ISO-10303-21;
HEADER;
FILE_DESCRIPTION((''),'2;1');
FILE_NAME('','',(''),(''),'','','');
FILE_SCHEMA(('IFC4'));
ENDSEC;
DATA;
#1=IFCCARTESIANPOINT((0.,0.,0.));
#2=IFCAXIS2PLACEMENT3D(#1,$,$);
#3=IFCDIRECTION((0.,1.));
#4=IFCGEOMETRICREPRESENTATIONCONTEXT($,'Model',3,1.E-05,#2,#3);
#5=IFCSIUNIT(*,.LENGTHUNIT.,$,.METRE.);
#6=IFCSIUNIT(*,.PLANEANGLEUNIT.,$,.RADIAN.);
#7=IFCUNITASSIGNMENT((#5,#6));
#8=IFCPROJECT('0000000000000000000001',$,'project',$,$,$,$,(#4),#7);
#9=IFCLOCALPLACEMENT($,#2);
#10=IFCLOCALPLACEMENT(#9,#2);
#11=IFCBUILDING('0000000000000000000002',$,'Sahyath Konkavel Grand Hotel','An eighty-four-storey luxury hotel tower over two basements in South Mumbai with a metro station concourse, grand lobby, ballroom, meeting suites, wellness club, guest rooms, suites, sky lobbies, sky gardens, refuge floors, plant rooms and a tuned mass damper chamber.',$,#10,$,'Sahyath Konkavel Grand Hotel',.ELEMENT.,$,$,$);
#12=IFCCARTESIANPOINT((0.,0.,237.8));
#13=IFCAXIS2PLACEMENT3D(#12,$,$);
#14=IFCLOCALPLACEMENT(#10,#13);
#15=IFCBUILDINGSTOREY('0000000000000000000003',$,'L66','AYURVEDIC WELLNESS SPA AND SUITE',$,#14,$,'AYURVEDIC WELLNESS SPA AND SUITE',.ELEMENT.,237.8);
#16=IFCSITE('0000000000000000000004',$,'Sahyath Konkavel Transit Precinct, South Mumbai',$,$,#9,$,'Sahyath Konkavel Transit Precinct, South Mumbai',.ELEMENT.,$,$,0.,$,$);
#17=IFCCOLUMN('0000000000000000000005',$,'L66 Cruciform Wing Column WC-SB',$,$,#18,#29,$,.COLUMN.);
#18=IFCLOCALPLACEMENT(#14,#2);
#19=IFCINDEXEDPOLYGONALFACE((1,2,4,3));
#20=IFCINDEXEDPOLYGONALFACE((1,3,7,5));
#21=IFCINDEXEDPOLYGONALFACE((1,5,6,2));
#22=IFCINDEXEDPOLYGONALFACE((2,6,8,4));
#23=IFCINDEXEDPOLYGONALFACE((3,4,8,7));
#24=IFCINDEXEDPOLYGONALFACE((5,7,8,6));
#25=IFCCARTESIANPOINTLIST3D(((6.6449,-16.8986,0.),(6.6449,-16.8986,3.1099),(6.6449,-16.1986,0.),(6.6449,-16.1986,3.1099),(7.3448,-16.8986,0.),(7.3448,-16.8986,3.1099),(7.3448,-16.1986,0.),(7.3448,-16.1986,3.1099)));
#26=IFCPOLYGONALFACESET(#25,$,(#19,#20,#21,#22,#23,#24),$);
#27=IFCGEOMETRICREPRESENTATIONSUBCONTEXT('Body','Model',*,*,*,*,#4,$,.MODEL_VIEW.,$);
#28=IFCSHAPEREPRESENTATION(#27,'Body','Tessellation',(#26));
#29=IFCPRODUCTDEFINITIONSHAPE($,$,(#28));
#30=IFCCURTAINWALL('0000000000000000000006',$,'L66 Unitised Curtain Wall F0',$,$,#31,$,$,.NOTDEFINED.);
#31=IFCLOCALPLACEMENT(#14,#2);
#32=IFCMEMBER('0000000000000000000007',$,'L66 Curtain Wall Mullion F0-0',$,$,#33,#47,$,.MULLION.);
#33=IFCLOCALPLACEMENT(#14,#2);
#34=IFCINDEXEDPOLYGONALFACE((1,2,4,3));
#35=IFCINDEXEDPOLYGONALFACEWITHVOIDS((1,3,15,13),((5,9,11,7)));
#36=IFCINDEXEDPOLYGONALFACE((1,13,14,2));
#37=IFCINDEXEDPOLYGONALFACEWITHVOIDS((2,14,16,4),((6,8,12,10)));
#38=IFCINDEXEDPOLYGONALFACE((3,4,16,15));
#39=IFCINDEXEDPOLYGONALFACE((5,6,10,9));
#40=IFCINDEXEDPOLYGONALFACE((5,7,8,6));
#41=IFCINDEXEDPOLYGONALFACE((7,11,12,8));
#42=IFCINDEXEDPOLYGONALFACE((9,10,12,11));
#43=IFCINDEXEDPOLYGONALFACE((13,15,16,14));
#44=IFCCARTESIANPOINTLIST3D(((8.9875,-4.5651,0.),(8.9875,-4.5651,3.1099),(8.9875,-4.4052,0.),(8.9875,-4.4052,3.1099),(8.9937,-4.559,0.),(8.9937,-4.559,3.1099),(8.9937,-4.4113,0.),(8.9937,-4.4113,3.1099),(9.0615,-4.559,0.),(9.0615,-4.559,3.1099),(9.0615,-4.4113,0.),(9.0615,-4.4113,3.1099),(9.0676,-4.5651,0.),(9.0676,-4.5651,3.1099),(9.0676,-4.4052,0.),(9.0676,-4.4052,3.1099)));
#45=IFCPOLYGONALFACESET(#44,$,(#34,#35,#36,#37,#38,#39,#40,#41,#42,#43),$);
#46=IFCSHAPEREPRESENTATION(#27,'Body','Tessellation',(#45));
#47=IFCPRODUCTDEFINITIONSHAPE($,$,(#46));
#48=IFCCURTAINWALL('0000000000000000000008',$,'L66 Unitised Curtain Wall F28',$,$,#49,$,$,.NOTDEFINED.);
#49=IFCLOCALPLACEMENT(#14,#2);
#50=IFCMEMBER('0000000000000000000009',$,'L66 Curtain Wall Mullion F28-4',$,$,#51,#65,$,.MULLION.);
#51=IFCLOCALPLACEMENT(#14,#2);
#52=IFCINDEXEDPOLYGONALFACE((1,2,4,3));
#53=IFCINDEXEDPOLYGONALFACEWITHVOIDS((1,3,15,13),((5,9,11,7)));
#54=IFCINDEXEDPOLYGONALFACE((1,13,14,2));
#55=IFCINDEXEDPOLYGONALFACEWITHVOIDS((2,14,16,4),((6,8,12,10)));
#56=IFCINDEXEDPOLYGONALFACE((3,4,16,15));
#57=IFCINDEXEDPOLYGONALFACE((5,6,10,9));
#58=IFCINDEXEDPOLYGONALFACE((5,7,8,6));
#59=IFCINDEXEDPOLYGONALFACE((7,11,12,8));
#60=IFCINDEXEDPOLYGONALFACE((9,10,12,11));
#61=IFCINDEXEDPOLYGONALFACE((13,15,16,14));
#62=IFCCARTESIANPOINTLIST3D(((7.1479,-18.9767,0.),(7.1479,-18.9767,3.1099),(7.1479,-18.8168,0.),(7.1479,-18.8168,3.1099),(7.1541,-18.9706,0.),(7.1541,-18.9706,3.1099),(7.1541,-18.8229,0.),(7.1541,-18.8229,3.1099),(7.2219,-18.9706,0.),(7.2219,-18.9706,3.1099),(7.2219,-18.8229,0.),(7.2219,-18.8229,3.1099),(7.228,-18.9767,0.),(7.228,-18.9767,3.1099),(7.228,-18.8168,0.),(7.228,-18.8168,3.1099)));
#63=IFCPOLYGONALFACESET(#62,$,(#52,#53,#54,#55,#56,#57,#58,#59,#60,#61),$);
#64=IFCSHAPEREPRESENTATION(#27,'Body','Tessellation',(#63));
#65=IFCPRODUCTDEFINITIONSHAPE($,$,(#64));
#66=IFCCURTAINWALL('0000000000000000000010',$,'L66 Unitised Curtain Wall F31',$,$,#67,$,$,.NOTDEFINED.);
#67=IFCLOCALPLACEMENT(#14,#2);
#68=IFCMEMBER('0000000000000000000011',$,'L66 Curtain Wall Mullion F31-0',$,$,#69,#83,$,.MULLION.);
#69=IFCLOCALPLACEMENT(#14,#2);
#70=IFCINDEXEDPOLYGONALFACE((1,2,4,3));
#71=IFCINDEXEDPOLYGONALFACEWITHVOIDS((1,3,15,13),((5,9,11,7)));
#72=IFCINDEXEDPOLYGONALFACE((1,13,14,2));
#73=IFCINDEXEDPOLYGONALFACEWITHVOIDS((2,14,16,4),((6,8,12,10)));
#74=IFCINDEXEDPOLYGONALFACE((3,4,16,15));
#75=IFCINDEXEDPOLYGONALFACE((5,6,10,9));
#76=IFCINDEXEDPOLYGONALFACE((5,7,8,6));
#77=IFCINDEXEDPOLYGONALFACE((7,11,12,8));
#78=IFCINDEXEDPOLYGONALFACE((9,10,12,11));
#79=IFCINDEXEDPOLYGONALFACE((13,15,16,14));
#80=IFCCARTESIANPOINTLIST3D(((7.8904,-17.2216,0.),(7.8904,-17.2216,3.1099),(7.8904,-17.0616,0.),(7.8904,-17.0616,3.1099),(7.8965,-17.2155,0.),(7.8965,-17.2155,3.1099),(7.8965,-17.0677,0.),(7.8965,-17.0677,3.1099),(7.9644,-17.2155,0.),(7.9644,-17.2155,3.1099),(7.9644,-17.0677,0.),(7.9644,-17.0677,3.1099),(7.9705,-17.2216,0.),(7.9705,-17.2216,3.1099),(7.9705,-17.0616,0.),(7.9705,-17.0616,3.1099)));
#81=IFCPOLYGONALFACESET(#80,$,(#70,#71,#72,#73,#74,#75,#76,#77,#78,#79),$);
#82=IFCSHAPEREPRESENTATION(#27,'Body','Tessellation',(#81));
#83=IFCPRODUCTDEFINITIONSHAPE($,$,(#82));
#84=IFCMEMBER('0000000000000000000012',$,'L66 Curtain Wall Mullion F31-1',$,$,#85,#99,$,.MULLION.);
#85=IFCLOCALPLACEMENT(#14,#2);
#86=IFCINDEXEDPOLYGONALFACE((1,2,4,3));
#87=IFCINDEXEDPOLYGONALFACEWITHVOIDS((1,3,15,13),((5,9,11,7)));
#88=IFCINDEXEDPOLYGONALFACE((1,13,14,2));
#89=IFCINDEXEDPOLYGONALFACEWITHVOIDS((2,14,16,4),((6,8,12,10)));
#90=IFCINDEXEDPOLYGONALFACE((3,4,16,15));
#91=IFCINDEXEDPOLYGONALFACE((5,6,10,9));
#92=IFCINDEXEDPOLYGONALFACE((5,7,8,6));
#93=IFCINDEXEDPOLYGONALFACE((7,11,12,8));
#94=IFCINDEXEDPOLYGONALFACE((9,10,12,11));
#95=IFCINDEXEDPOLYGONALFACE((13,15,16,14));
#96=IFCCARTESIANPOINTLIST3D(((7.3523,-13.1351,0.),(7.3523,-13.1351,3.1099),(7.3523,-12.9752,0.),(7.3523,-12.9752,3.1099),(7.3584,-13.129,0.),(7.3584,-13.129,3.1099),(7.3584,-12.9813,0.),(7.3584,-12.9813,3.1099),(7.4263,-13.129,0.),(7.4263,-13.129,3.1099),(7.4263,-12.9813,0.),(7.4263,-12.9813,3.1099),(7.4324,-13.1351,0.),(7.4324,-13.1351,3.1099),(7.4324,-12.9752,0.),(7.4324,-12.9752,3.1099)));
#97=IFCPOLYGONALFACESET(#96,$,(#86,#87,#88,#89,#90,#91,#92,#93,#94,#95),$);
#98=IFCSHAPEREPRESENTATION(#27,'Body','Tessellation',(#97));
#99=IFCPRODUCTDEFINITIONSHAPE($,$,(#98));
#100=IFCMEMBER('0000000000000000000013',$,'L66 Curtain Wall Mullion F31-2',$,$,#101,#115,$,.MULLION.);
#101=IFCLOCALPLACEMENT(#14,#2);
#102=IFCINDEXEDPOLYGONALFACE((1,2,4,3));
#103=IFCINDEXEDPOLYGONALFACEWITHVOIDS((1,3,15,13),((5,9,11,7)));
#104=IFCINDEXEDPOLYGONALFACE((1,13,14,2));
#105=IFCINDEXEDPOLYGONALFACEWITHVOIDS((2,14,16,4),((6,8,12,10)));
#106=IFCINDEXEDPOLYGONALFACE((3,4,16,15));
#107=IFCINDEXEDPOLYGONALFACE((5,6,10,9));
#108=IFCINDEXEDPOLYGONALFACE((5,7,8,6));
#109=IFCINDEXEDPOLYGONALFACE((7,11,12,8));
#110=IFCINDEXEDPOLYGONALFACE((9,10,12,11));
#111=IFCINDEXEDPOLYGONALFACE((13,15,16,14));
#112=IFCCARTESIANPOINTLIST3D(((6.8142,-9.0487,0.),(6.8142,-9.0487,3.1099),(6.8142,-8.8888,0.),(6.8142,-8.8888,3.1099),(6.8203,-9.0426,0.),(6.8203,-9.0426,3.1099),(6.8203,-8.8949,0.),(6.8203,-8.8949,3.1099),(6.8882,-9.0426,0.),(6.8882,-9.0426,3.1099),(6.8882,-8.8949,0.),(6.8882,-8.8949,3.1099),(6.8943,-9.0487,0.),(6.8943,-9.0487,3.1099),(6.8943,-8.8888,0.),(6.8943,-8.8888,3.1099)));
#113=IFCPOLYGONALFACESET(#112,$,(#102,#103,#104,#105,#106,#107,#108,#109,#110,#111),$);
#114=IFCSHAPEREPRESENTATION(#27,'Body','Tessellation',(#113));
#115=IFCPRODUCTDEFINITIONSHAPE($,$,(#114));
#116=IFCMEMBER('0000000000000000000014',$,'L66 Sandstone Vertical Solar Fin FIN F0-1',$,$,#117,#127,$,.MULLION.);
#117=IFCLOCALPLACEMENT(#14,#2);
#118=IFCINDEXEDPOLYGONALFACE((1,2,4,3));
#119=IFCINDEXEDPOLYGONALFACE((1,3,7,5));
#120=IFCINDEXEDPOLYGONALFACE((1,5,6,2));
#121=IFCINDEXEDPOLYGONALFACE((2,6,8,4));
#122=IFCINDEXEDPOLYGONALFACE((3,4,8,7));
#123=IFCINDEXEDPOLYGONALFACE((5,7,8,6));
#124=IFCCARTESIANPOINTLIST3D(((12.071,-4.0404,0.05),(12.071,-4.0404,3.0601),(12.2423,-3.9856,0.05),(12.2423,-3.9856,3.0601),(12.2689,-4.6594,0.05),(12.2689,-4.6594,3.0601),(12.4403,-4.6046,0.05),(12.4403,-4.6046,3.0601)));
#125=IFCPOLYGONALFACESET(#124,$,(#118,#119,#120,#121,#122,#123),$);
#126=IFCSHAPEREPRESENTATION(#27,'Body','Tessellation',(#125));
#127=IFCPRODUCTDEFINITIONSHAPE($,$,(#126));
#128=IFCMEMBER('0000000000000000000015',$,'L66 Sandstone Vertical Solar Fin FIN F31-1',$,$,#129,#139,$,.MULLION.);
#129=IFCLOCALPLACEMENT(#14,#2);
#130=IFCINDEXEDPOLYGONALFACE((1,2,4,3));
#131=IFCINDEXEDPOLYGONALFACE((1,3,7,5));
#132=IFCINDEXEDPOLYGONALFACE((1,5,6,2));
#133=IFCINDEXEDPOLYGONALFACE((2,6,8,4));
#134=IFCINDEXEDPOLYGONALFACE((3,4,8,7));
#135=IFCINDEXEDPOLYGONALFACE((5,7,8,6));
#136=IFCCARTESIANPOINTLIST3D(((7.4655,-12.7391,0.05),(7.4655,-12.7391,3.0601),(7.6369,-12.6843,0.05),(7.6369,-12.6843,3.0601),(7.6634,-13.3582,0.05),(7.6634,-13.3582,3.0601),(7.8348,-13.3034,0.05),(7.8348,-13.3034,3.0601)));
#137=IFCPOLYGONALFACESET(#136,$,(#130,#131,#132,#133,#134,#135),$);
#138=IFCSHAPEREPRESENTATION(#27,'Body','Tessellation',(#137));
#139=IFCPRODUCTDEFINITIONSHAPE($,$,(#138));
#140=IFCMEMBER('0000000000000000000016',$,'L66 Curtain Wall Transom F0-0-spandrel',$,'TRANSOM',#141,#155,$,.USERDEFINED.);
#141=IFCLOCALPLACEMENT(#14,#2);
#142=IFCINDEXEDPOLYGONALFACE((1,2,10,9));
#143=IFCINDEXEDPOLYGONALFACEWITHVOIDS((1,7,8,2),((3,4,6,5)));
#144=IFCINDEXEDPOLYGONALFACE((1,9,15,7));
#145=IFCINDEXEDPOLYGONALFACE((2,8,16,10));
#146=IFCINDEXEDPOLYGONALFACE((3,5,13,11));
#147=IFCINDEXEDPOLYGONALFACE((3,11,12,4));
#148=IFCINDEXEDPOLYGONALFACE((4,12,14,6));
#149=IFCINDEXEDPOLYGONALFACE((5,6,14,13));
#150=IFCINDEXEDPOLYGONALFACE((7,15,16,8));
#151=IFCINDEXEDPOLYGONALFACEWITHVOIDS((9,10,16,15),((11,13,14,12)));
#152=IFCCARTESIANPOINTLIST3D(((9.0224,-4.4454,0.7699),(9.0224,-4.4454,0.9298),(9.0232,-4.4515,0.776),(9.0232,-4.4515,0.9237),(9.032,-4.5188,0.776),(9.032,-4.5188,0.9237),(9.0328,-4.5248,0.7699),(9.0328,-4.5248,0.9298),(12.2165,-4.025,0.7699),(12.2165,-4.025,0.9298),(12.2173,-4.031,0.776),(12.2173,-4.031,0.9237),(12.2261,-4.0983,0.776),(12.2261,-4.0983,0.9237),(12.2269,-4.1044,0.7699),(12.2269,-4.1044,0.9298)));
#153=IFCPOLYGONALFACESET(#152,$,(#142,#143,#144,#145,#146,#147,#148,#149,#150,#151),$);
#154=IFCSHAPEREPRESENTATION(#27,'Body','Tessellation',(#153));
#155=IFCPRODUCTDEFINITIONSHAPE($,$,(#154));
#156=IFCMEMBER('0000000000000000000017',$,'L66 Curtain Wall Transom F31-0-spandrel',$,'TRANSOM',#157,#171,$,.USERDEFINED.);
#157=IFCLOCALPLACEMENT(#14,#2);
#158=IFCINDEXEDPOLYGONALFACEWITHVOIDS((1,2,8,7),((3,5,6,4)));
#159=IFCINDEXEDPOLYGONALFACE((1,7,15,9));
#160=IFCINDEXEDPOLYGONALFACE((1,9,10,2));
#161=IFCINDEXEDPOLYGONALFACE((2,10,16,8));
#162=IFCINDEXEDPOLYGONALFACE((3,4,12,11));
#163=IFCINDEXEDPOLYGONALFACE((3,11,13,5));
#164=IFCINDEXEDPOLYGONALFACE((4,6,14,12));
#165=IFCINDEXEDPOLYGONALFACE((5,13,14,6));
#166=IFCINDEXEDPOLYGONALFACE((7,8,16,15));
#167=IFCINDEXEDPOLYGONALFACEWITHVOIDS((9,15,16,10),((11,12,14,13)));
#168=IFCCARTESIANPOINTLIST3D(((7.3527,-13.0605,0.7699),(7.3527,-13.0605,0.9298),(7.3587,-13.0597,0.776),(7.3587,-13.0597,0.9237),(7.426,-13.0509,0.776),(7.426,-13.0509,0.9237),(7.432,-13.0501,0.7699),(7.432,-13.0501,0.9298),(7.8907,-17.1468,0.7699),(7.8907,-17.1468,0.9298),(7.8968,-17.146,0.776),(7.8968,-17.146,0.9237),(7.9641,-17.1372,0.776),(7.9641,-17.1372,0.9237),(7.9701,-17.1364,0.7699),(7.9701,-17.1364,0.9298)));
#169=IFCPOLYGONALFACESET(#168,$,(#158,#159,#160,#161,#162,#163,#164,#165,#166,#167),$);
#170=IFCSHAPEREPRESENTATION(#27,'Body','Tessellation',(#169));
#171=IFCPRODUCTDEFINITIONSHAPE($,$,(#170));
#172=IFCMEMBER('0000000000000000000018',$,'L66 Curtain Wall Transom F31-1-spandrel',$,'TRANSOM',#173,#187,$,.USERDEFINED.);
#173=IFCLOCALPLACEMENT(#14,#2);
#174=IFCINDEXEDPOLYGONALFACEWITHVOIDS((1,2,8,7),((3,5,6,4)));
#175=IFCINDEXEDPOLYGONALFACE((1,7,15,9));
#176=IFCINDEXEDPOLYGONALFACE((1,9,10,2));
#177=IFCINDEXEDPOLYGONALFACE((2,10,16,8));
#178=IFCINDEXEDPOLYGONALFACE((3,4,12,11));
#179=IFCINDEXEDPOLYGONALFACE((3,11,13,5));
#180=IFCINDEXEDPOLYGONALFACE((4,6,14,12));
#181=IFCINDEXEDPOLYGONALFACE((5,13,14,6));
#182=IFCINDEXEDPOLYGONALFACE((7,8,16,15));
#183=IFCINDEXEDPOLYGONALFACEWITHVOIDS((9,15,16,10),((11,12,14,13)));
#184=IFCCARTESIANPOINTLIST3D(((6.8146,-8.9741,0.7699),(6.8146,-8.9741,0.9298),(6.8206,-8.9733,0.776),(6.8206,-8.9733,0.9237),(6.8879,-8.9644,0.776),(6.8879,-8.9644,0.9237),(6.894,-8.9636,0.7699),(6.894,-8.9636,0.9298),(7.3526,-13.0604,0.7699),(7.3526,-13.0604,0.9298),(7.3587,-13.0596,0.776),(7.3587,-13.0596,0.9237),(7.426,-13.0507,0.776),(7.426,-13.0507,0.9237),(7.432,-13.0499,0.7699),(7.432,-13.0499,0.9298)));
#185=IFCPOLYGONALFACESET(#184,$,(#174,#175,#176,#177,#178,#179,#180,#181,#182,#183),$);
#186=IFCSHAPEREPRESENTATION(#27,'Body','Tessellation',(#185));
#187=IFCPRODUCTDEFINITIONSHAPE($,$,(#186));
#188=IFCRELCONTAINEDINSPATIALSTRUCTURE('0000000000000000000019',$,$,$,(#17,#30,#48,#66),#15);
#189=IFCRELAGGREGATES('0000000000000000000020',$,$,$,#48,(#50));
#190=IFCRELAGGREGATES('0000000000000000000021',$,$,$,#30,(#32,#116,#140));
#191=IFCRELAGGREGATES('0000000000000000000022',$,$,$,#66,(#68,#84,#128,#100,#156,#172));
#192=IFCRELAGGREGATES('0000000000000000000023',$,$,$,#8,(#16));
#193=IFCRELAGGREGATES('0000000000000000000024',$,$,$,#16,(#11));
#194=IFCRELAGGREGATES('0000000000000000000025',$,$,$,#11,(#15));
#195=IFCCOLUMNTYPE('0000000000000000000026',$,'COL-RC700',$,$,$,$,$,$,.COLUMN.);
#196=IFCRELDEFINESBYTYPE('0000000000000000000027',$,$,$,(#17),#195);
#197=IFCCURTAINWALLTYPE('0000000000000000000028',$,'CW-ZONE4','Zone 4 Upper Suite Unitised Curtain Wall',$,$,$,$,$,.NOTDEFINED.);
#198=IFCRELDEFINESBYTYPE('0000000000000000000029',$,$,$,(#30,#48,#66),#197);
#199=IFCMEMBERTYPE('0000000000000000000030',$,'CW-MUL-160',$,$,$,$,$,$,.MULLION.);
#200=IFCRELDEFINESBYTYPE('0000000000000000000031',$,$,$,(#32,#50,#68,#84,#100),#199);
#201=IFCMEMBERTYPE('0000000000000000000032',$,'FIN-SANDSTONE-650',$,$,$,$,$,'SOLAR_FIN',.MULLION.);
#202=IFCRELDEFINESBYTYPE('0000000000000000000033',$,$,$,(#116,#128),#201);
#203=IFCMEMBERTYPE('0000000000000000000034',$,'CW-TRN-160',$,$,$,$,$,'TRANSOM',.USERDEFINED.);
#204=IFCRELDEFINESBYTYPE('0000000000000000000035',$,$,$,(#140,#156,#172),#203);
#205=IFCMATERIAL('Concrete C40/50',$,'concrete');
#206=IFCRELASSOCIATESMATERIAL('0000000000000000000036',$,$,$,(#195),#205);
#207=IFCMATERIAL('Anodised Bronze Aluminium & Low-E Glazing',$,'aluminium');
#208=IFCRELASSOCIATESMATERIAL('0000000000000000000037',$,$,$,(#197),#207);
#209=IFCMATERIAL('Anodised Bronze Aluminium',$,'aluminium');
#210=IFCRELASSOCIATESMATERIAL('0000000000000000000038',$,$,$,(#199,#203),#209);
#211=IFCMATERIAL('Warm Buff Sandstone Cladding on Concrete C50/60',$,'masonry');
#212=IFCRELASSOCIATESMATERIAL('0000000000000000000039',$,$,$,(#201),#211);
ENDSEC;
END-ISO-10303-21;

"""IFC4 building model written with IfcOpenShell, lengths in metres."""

from ifc_helpers import new_model, si_unit, direction, frame, origin, origin_2d, place, context, subcontext, project, spatial, rectangle, hollow_rectangle, extrude, source, transform, mapped, material, material_profile, profile_set, type_object, element, aggregate, save


model = new_model("IFC4")

# Units and contexts
model_context = context("Model", 3, precision=1e-05, world=origin(), true_north=direction((0.0, 1.0)))
body_context = subcontext(model_context, "Body", "Model", "MODEL_VIEW")
ifc_project = project(units=[si_unit("LENGTHUNIT", "METRE"), si_unit("PLANEANGLEUNIT", "RADIAN")], contexts=[model_context])

# Site, building, storey
site_placement = place(None, origin())
site = spatial("IfcSite", under=ifc_project, at=site_placement, Name="Sahyath Konkavel Transit Precinct, South Mumbai", LongName="Sahyath Konkavel Transit Precinct, South Mumbai", CompositionType="ELEMENT", RefElevation=0.0)
building_placement = place(site_placement, origin())
building = spatial("IfcBuilding", under=site, at=building_placement, Name="Sahyath Konkavel Grand Hotel", Description="An eighty-four-storey luxury hotel tower over two basements in South Mumbai with a metro station concourse, grand lobby, ballroom, meeting suites, wellness club, guest rooms, suites, sky lobbies, sky gardens, refuge floors, plant rooms and a tuned mass damper chamber.", LongName="Sahyath Konkavel Grand Hotel", CompositionType="ELEMENT")
storey_placement = place(building_placement, frame((0.0, 0.0, 237.8)))
storey = spatial("IfcBuildingStorey", under=building, at=storey_placement, Name="L66", Description="AYURVEDIC WELLNESS SPA AND SUITE", LongName="AYURVEDIC WELLNESS SPA AND SUITE", CompositionType="ELEMENT", Elevation=237.8)

# Column
ifc_material_1 = material(Name="Concrete C40/50", Category="concrete")
ifc_material_profile_1 = material_profile(ifc_material_1, rectangle(XDim=0.7, YDim=0.7, at=origin_2d()), Name="RC 700x700")
ifc_profile_set_1 = profile_set([ifc_material_profile_1], Name="Concrete C40/50")
column_type = type_object("IfcColumnType", Name="COL-RC700", PredefinedType="COLUMN", material=ifc_profile_set_1)
shared_shape_1 = source(origin(), body_context, "Body", "SweptSolid", [
    extrude(rectangle(XDim=0.7, YDim=0.7, at=origin_2d()), origin(), (0.0, 0.0, 1.0), 3.1099),
])
column_placement = place(storey_placement, frame((6.9949, -16.5486, 0.0), z_axis=(0.0, 0.0, 1.0), x_axis=(1.0, 0.0, 0.0)))
element("IfcColumn", 1, at=column_placement, inside=storey, type_object=column_type, Name="L66 Cruciform Wing Column WC-SB", PredefinedType="COLUMN", context=body_context, shape_type="MappedRepresentation", body=[
    mapped(shared_shape_1, transform((0.0, 0.0, 0.0), scale=1.0)),
])

# Curtain walls, members
ifc_material_2 = material(Name="Anodised Bronze Aluminium & Low-E Glazing", Category="aluminium")
curtain_wall_type = type_object("IfcCurtainWallType", Name="CW-ZONE4", Description="Zone 4 Upper Suite Unitised Curtain Wall", PredefinedType="NOTDEFINED", material=ifc_material_2)
curtain_wall_1_placement = place(storey_placement, origin())
curtain_wall_1 = element("IfcCurtainWall", 2, at=curtain_wall_1_placement, inside=storey, type_object=curtain_wall_type, Name="L66 Unitised Curtain Wall F0", PredefinedType="NOTDEFINED")
ifc_material_3 = material(Name="Anodised Bronze Aluminium", Category="aluminium")
ifc_material_profile_2 = material_profile(ifc_material_3, hollow_rectangle(XDim=0.0801, YDim=0.1599, WallThickness=0.0061, at=origin_2d()), Name="RHS 160x80x6")
ifc_profile_set_2 = profile_set([ifc_material_profile_2], Name="Anodised Bronze Aluminium")
member_type_1 = type_object("IfcMemberType", Name="CW-MUL-160", PredefinedType="MULLION", material=ifc_profile_set_2)
shared_shape_2 = source(origin(), body_context, "Body", "SweptSolid", [
    extrude(hollow_rectangle(XDim=0.0801, YDim=0.1599, WallThickness=0.0061, at=origin_2d()), origin(), (0.0, 0.0, 1.0), 3.1099),
])
member_1_placement = place(storey_placement, frame((9.0276, -4.4851, 0.0), z_axis=(0.0, 0.0, 1.0), x_axis=(1.0, 0.0, 0.0)))
member_1 = element("IfcMember", 3, at=member_1_placement, type_object=member_type_1, Name="L66 Curtain Wall Mullion F0-0", PredefinedType="MULLION", context=body_context, shape_type="MappedRepresentation", body=[
    mapped(shared_shape_2, transform((0.0, 0.0, 0.0), scale=1.0)),
])
curtain_wall_2_placement = place(storey_placement, origin())
curtain_wall_2 = element("IfcCurtainWall", 4, at=curtain_wall_2_placement, inside=storey, type_object=curtain_wall_type, Name="L66 Unitised Curtain Wall F28", PredefinedType="NOTDEFINED")
member_2_placement = place(storey_placement, frame((7.188, -18.8967, 0.0), z_axis=(0.0, 0.0, 1.0), x_axis=(1.0, 0.0, 0.0)))
member_2 = element("IfcMember", 5, at=member_2_placement, type_object=member_type_1, Name="L66 Curtain Wall Mullion F28-4", PredefinedType="MULLION", context=body_context, shape_type="MappedRepresentation", body=[
    mapped(shared_shape_2, transform((0.0, 0.0, 0.0), scale=1.0)),
])
aggregate(curtain_wall_2, [member_2])

# Curtain wall, members
curtain_wall_3_placement = place(storey_placement, origin())
curtain_wall_3 = element("IfcCurtainWall", 6, at=curtain_wall_3_placement, inside=storey, type_object=curtain_wall_type, Name="L66 Unitised Curtain Wall F31", PredefinedType="NOTDEFINED")
member_3_placement = place(storey_placement, frame((7.9304, -17.1416, 0.0), z_axis=(0.0, 0.0, 1.0), x_axis=(1.0, 0.0, 0.0)))
member_3 = element("IfcMember", 7, at=member_3_placement, type_object=member_type_1, Name="L66 Curtain Wall Mullion F31-0", PredefinedType="MULLION", context=body_context, shape_type="MappedRepresentation", body=[
    mapped(shared_shape_2, transform((0.0, 0.0, 0.0), scale=1.0)),
])
member_4_placement = place(storey_placement, frame((7.3923, -13.0552, 0.0), z_axis=(0.0, 0.0, 1.0), x_axis=(1.0, 0.0, 0.0)))
member_4 = element("IfcMember", 8, at=member_4_placement, type_object=member_type_1, Name="L66 Curtain Wall Mullion F31-1", PredefinedType="MULLION", context=body_context, shape_type="MappedRepresentation", body=[
    mapped(shared_shape_2, transform((0.0, 0.0, 0.0), scale=1.0)),
])
member_5_placement = place(storey_placement, frame((6.8542, -8.9688, 0.0), z_axis=(0.0, 0.0, 1.0), x_axis=(1.0, 0.0, 0.0)))
member_5 = element("IfcMember", 9, at=member_5_placement, type_object=member_type_1, Name="L66 Curtain Wall Mullion F31-2", PredefinedType="MULLION", context=body_context, shape_type="MappedRepresentation", body=[
    mapped(shared_shape_2, transform((0.0, 0.0, 0.0), scale=1.0)),
])

# Members
ifc_material_4 = material(Name="Warm Buff Sandstone Cladding on Concrete C50/60", Category="masonry")
ifc_material_profile_3 = material_profile(ifc_material_4, rectangle(XDim=0.1799, YDim=0.6499, at=origin_2d()), Name="FIN 180x650")
ifc_profile_set_3 = profile_set([ifc_material_profile_3], Name="Warm Buff Sandstone Cladding on Concrete C50/60")
member_type_2 = type_object("IfcMemberType", Name="FIN-SANDSTONE-650", ElementType="SOLAR_FIN", PredefinedType="MULLION", material=ifc_profile_set_3)
shared_shape_3 = source(origin(), body_context, "Body", "SweptSolid", [
    extrude(rectangle(XDim=0.1799, YDim=0.6499, at=origin_2d()), origin(), (0.0, 0.0, 1.0), 3.01),
])
member_6_placement = place(storey_placement, frame((12.2556, -4.3225, 0.05), z_axis=(0.0, 0.0, 1.0), x_axis=(0.952502, 0.304532, 0.0)))
member_6 = element("IfcMember", 10, at=member_6_placement, type_object=member_type_2, Name="L66 Sandstone Vertical Solar Fin FIN F0-1", PredefinedType="MULLION", context=body_context, shape_type="MappedRepresentation", body=[
    mapped(shared_shape_3, transform((0.0, 0.0, 0.0), scale=1.0)),
])
member_7_placement = place(storey_placement, frame((7.6501, -13.0212, 0.05), z_axis=(0.0, 0.0, 1.0), x_axis=(0.952502, 0.304532, 0.0)))
member_7 = element("IfcMember", 11, at=member_7_placement, type_object=member_type_2, Name="L66 Sandstone Vertical Solar Fin FIN F31-1", PredefinedType="MULLION", context=body_context, shape_type="MappedRepresentation", body=[
    mapped(shared_shape_3, transform((0.0, 0.0, 0.0), scale=1.0)),
])
ifc_material_profile_4 = material_profile(ifc_material_3, hollow_rectangle(XDim=0.0801, YDim=0.1599, WallThickness=0.0061, at=origin_2d()), Name="RHS 160x80x6")
ifc_profile_set_4 = profile_set([ifc_material_profile_4], Name="Anodised Bronze Aluminium")
member_type_3 = type_object("IfcMemberType", Name="CW-TRN-160", ElementType="TRANSOM", PredefinedType="USERDEFINED", material=ifc_profile_set_4)
shared_shape_4 = source(origin(), body_context, "Body", "SweptSolid", [
    extrude(hollow_rectangle(XDim=0.0801, YDim=0.1599, WallThickness=0.0061, at=origin_2d()), origin(), (0.0, 0.0, 1.0), 3.2217),
])
member_8_placement = place(storey_placement, frame((9.0276, -4.4851, 0.8499), z_axis=(0.991449, 0.130496, 0.0), x_axis=(-0.130496, 0.991449, 0.0)))
member_8 = element("IfcMember", 12, at=member_8_placement, type_object=member_type_3, Name="L66 Curtain Wall Transom F0-0-spandrel", ObjectType="TRANSOM", PredefinedType="USERDEFINED", context=body_context, shape_type="MappedRepresentation", body=[
    mapped(shared_shape_4, transform((0.0, 0.0, 0.0), scale=1.0)),
])
shared_shape_5 = source(origin(), body_context, "Body", "SweptSolid", [
    extrude(hollow_rectangle(XDim=0.0801, YDim=0.1599, WallThickness=0.0061, at=origin_2d()), origin(), (0.0, 0.0, 1.0), 4.1216),
])
member_9_placement = place(storey_placement, frame((7.9304, -17.1416, 0.8499), z_axis=(-0.13055, 0.991442, 0.0), x_axis=(-0.991442, -0.13055, 0.0)))
member_9 = element("IfcMember", 13, at=member_9_placement, type_object=member_type_3, Name="L66 Curtain Wall Transom F31-0-spandrel", ObjectType="TRANSOM", PredefinedType="USERDEFINED", context=body_context, shape_type="MappedRepresentation", body=[
    mapped(shared_shape_5, transform((0.0, 0.0, 0.0), scale=1.0)),
])
member_10_placement = place(storey_placement, frame((7.3923, -13.0552, 0.8499), z_axis=(-0.13055, 0.991442, 0.0), x_axis=(-0.991442, -0.13055, 0.0)))
member_10 = element("IfcMember", 14, at=member_10_placement, type_object=member_type_3, Name="L66 Curtain Wall Transom F31-1-spandrel", ObjectType="TRANSOM", PredefinedType="USERDEFINED", context=body_context, shape_type="MappedRepresentation", body=[
    mapped(shared_shape_5, transform((0.0, 0.0, 0.0), scale=1.0)),
])

aggregate(curtain_wall_1, [member_1, member_6, member_8])
aggregate(curtain_wall_3, [member_3, member_4, member_7, member_5, member_9, member_10])

save(model, "model.ifc")
